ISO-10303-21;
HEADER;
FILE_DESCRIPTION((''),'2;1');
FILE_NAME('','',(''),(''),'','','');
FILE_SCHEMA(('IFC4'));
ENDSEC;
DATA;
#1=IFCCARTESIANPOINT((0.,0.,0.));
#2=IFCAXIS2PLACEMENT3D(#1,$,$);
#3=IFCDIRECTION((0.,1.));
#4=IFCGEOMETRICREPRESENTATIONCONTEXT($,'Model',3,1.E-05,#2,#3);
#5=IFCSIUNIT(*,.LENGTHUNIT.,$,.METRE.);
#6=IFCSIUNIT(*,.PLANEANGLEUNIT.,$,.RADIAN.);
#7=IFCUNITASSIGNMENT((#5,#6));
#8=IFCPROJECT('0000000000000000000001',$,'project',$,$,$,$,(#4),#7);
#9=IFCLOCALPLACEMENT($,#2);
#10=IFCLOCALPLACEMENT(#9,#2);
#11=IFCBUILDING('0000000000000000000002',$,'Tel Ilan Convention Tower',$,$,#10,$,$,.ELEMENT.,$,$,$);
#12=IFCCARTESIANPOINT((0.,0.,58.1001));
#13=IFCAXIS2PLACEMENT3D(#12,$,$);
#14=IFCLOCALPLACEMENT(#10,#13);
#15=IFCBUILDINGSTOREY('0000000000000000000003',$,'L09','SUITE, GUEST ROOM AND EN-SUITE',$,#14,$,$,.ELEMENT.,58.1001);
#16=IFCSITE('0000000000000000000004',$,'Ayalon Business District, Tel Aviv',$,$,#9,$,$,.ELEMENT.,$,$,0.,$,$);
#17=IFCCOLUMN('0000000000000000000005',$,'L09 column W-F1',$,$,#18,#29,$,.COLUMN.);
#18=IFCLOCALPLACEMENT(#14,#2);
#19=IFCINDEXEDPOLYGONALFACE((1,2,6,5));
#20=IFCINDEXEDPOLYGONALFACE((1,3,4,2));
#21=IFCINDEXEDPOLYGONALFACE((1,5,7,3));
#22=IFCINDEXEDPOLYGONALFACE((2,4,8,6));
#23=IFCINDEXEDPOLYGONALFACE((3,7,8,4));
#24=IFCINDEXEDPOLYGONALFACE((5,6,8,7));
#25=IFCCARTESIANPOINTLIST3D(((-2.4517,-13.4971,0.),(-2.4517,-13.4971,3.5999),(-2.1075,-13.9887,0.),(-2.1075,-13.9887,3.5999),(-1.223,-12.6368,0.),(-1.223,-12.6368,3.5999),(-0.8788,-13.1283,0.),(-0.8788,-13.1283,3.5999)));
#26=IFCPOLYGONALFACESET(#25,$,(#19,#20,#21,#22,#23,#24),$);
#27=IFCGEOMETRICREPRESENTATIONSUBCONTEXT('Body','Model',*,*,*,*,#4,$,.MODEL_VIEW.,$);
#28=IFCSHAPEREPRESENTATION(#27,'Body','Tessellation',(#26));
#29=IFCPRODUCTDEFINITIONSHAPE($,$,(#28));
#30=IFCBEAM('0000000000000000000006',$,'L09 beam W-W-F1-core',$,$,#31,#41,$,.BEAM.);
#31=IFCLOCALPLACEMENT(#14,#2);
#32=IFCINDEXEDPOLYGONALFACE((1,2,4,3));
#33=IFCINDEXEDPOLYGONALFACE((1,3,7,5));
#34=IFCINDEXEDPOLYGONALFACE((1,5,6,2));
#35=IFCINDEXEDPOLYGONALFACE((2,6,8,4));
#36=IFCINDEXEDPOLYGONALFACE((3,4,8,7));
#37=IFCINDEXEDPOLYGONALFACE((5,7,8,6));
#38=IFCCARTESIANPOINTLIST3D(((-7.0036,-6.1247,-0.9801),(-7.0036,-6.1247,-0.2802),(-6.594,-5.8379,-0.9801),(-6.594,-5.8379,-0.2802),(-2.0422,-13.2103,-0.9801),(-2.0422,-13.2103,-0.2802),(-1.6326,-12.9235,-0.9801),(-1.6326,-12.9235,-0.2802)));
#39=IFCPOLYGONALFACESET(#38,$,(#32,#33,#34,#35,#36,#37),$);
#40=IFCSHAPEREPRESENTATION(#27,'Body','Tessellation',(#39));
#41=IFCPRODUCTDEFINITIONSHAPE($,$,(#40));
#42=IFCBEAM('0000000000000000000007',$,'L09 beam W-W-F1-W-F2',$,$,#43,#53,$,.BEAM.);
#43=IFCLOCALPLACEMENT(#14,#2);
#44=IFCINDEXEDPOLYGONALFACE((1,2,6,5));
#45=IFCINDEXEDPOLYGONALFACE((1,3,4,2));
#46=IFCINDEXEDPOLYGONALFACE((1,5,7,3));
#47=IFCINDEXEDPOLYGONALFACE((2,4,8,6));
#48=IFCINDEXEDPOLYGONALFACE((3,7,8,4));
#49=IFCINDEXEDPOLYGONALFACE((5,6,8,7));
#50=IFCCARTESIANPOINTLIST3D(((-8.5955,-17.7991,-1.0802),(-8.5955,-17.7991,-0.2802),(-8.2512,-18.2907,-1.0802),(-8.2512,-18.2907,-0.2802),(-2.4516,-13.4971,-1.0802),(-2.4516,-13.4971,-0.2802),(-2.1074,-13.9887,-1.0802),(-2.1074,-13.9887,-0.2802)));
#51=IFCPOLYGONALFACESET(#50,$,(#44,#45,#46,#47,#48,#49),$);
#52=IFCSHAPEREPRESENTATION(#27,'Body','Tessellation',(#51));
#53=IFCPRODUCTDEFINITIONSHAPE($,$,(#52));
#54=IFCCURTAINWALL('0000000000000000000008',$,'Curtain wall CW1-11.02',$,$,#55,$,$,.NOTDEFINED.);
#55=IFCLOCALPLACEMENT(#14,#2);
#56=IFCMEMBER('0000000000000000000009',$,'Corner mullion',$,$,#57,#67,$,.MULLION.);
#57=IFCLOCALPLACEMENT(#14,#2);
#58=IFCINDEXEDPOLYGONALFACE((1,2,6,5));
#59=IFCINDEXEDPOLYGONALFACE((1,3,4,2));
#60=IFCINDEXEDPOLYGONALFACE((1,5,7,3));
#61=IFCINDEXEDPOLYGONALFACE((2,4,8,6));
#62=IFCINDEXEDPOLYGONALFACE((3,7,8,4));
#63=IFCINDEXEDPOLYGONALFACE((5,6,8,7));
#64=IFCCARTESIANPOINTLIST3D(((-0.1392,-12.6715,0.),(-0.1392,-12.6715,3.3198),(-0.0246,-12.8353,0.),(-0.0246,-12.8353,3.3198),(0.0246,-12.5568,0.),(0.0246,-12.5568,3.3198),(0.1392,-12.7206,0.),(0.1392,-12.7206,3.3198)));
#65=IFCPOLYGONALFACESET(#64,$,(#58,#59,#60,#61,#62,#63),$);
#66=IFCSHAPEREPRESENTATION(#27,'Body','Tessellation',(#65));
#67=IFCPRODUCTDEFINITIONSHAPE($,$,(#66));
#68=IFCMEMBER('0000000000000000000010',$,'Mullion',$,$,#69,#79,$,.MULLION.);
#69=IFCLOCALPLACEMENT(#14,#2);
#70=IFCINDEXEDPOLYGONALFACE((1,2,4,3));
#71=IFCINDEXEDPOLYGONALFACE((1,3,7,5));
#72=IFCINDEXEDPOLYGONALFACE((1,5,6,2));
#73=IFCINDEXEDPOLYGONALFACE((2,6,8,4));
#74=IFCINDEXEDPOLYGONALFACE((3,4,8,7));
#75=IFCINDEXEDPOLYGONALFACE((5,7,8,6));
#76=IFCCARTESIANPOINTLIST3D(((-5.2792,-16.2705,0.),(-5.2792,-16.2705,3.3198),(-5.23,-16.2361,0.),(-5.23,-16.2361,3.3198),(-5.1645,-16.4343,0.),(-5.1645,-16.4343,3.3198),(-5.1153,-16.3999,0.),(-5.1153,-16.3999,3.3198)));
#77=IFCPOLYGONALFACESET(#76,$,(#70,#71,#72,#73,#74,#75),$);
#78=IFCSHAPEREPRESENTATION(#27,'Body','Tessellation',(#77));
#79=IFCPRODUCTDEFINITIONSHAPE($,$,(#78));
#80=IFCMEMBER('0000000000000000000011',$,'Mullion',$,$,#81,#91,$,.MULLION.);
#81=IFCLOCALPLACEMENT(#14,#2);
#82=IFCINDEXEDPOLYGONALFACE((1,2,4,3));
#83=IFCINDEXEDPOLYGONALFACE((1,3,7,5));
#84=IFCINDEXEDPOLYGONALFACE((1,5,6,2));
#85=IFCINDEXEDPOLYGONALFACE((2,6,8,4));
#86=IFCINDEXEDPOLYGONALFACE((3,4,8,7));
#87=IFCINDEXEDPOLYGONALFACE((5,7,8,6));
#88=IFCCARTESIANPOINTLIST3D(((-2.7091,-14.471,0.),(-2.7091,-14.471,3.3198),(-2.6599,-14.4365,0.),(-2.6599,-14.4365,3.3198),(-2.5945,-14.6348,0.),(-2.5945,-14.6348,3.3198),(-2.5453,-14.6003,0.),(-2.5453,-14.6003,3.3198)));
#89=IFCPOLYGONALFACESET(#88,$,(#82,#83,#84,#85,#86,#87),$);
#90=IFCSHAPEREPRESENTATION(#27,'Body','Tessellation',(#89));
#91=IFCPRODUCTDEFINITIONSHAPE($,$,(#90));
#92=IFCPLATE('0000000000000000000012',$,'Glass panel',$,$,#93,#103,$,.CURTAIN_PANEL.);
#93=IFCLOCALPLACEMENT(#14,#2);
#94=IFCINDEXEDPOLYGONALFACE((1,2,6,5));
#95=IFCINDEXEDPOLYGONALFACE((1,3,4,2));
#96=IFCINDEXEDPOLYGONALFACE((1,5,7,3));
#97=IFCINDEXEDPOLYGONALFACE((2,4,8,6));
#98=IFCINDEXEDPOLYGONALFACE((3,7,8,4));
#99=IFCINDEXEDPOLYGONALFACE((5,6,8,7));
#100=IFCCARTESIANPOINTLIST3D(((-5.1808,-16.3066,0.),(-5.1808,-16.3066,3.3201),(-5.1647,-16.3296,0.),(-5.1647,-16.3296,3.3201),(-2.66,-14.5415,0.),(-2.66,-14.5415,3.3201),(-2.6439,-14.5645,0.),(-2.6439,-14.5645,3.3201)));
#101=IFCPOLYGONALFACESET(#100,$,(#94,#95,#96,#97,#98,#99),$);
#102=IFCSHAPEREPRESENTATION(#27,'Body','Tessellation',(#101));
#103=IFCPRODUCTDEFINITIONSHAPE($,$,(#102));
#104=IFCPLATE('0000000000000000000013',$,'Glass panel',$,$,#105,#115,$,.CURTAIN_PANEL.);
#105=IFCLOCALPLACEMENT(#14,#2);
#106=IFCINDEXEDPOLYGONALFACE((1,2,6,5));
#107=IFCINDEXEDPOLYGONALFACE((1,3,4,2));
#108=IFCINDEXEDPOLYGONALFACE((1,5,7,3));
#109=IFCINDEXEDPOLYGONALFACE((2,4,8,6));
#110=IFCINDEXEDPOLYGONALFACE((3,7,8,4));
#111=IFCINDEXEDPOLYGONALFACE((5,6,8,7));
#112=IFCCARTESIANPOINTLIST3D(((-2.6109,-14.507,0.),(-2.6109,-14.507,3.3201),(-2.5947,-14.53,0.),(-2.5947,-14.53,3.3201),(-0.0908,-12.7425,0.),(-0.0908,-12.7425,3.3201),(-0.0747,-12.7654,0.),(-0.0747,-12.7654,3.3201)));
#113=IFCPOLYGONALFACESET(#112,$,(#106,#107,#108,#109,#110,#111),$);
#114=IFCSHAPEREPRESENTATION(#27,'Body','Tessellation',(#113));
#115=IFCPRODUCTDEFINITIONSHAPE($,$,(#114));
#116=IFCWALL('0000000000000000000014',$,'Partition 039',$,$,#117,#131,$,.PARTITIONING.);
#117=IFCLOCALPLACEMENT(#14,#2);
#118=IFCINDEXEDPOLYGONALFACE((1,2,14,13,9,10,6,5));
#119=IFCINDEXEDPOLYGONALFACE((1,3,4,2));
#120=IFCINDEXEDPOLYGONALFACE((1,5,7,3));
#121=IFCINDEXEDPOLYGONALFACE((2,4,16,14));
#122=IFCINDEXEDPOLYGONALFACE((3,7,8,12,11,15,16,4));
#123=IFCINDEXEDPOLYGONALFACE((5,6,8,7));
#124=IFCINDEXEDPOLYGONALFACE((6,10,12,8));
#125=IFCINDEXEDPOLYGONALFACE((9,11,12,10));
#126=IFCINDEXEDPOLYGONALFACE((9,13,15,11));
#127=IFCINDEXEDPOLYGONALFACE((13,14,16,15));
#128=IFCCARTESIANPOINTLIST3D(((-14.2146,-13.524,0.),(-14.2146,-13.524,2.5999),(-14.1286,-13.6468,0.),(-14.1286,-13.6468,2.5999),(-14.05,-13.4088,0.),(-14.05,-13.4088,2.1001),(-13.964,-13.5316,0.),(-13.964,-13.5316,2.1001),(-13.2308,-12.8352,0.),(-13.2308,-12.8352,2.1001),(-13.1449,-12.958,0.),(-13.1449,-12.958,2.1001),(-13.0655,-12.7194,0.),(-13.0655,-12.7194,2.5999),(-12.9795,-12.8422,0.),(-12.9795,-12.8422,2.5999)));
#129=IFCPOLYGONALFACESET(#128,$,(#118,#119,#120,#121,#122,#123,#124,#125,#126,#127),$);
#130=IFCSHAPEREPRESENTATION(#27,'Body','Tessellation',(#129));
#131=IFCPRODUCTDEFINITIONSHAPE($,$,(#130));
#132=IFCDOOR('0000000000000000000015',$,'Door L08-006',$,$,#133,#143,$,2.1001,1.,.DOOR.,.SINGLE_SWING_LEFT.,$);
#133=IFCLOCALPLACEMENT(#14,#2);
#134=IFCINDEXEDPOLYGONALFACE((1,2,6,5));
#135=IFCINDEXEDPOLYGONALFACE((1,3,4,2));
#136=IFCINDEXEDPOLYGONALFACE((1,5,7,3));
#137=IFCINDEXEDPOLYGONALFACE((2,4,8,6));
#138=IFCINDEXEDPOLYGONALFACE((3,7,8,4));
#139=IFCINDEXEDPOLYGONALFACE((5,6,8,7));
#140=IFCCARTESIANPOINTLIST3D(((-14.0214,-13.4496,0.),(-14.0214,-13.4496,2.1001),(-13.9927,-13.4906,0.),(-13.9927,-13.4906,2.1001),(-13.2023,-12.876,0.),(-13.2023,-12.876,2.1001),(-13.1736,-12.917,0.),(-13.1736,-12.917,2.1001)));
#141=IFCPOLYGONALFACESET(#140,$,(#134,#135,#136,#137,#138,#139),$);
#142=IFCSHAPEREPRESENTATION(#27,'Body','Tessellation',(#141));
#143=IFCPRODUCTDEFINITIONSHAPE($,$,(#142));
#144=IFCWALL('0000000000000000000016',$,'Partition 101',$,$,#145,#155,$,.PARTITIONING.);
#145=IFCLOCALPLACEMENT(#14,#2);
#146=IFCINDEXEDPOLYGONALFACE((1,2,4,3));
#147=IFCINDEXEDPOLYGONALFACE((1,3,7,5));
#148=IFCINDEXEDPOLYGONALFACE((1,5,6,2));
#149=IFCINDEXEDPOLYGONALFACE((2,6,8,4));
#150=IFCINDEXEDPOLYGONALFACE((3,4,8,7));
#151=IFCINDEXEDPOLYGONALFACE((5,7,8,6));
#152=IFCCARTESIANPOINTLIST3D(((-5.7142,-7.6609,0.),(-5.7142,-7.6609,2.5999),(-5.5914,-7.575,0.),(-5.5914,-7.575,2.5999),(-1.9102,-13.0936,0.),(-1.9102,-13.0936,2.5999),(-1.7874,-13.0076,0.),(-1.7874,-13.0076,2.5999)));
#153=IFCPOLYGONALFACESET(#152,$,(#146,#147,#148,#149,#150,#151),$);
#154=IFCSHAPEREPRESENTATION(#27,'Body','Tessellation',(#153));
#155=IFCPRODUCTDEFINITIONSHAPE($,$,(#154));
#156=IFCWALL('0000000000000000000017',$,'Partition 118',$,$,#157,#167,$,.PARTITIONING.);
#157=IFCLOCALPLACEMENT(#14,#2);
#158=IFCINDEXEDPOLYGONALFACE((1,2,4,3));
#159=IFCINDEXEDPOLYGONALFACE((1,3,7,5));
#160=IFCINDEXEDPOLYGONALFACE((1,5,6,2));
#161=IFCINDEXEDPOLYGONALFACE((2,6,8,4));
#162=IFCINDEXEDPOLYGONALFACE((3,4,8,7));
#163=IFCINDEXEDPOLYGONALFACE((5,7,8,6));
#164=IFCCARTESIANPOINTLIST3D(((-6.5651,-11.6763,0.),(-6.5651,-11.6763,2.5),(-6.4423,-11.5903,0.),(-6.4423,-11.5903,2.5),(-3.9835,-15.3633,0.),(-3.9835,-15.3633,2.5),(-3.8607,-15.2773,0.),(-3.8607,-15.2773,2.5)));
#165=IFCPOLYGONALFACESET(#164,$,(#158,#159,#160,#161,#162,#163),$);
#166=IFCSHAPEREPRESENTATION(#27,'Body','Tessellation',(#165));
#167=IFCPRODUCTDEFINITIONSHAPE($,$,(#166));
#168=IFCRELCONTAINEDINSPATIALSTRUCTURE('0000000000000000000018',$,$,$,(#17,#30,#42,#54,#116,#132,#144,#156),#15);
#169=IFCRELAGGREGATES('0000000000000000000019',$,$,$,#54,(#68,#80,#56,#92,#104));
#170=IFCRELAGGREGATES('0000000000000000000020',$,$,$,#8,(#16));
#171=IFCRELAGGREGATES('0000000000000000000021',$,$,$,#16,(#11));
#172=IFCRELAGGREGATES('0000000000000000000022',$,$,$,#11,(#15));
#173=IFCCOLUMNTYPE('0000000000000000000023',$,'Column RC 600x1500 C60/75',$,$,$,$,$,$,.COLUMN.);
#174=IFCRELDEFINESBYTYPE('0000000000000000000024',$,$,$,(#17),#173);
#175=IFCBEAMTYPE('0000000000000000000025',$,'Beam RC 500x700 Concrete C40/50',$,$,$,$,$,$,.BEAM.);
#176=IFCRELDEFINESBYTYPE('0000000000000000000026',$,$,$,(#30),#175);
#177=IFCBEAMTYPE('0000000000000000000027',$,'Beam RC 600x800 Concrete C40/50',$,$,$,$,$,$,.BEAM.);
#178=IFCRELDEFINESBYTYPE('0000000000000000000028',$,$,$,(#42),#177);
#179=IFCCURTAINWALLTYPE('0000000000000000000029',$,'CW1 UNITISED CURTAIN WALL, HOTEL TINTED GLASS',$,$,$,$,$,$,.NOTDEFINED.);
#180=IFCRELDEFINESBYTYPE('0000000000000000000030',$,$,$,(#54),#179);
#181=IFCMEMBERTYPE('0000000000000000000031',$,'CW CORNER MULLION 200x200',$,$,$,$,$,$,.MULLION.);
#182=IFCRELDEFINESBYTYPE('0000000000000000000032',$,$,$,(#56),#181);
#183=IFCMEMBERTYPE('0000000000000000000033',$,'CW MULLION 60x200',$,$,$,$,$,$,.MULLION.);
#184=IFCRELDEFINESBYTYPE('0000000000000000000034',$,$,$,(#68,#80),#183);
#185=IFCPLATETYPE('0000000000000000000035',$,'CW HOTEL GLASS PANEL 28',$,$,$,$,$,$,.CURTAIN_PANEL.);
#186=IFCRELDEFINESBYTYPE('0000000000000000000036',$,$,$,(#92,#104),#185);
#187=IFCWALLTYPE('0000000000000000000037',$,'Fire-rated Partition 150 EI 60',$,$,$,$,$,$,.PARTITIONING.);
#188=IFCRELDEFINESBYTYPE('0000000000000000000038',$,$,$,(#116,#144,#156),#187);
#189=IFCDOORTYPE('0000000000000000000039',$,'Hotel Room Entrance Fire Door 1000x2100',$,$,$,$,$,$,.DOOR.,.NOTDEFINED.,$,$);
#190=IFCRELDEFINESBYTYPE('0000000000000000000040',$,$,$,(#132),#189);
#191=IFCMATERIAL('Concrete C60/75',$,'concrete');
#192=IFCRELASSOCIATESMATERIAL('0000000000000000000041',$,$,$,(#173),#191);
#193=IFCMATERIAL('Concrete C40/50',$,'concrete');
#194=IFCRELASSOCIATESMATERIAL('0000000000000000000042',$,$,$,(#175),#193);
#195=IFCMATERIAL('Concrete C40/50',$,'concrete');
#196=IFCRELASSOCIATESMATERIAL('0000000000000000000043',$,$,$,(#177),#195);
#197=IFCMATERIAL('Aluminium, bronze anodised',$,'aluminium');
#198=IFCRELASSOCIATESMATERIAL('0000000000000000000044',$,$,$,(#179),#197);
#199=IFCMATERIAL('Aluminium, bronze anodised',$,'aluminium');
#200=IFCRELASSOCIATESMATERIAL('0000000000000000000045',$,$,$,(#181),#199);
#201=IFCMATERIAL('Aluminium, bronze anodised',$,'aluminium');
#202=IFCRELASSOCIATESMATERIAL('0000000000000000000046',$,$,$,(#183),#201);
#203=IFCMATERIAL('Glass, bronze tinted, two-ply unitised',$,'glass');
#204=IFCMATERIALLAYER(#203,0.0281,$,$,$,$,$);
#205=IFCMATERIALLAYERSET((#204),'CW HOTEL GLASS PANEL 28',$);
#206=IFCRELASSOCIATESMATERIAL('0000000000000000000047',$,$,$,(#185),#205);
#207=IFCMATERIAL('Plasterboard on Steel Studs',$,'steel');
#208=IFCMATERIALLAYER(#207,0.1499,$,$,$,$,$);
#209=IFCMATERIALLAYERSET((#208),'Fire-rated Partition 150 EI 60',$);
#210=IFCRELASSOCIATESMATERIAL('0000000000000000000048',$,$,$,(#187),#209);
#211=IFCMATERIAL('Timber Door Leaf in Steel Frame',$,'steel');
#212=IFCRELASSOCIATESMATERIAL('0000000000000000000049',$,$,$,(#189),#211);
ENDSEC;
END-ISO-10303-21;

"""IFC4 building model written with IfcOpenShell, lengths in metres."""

from ifc_helpers import new_model, si_unit, direction, frame, frame_2d, origin, origin_2d, place, context, subcontext, project, spatial, rectangle, extrude, material, layer, layer_set, material_profile, profile_set, type_object, element, fill, aggregate, save


model = new_model("IFC4")

# Units and contexts
model_context = context("Model", 3, precision=1e-05, world=origin(), true_north=direction((0.0, 1.0)))
body_context = subcontext(model_context, "Body", "Model", "MODEL_VIEW")
ifc_project = project(units=[si_unit("LENGTHUNIT", "METRE"), si_unit("PLANEANGLEUNIT", "RADIAN")], contexts=[model_context])

# Site, building, storey
site_placement = place(None, origin())
site = spatial("IfcSite", under=ifc_project, at=site_placement, Name="Ayalon Business District, Tel Aviv", CompositionType="ELEMENT", RefElevation=0.0)
building_placement = place(site_placement, origin())
building = spatial("IfcBuilding", under=site, at=building_placement, Name="Tel Ilan Convention Tower", CompositionType="ELEMENT")
storey_placement = place(building_placement, frame((0.0, 0.0, 58.1001)))
storey = spatial("IfcBuildingStorey", under=building, at=storey_placement, Name="L09", Description="SUITE, GUEST ROOM AND EN-SUITE", CompositionType="ELEMENT", Elevation=58.1001)

# Column
ifc_material_1 = material(Name="Concrete C60/75", Category="concrete")
ifc_material_profile_1 = material_profile(ifc_material_1, rectangle(XDim=1.5, YDim=0.6001, at=origin_2d()), Name="RC 600x1500")
ifc_profile_set_1 = profile_set([ifc_material_profile_1], Name="Concrete C60/75")
column_type = type_object("IfcColumnType", Name="Column RC 600x1500 C60/75", PredefinedType="COLUMN", material=ifc_profile_set_1)
column_placement = place(storey_placement, frame((-1.6653, -13.3127, 0.0), z_axis=(0.0, 0.0, 1.0), x_axis=(-0.819152, -0.573576, 0.0)))
element("IfcColumn", 1, at=column_placement, inside=storey, type_object=column_type, Name="L09 column W-F1", PredefinedType="COLUMN", context=body_context, shape_type="SweptSolid", body=[
    extrude(rectangle(XDim=1.5, YDim=0.6001, at=origin_2d()), origin(), (0.0, 0.0, 1.0), 3.5999),
])

# Beams
ifc_material_2 = material(Name="Concrete C40/50", Category="concrete")
ifc_material_profile_2 = material_profile(ifc_material_2, rectangle(XDim=0.5, YDim=0.7, at=origin_2d()), Name="RC 500x700")
ifc_profile_set_2 = profile_set([ifc_material_profile_2], Name="Concrete C40/50")
beam_type_1 = type_object("IfcBeamType", Name="Beam RC 500x700 Concrete C40/50", PredefinedType="BEAM", material=ifc_profile_set_2)
beam_1_placement = place(storey_placement, frame((-1.8374, -13.0669, -0.6301), z_axis=(-0.573574, 0.819154, 0.0), x_axis=(-0.819154, -0.573574, 0.0)))
element("IfcBeam", 2, at=beam_1_placement, inside=storey, type_object=beam_type_1, Name="L09 beam W-W-F1-core", PredefinedType="BEAM", context=body_context, shape_type="SweptSolid", body=[
    extrude(rectangle(XDim=0.5, YDim=0.7, at=origin_2d()), origin(), (0.0, 0.0, 1.0), 8.6499),
])
ifc_material_3 = material(Name="Concrete C40/50", Category="concrete")
ifc_material_profile_3 = material_profile(ifc_material_3, rectangle(XDim=0.6001, YDim=0.8, at=origin_2d()), Name="RC 600x800")
ifc_profile_set_3 = profile_set([ifc_material_profile_3], Name="Concrete C40/50")
beam_type_2 = type_object("IfcBeamType", Name="Beam RC 600x800 Concrete C40/50", PredefinedType="BEAM", material=ifc_profile_set_3)
beam_2_placement = place(storey_placement, frame((-2.2795, -13.7429, -0.6802), z_axis=(-0.819148, -0.573582, 0.0), x_axis=(0.573582, -0.819148, 0.0)))
element("IfcBeam", 3, at=beam_2_placement, inside=storey, type_object=beam_type_2, Name="L09 beam W-W-F1-W-F2", PredefinedType="BEAM", context=body_context, shape_type="SweptSolid", body=[
    extrude(rectangle(XDim=0.6001, YDim=0.8, at=origin_2d()), origin(), (0.0, 0.0, 1.0), 7.5002),
])

# Curtain wall, members, plates
ifc_material_4 = material(Name="Aluminium, bronze anodised", Category="aluminium")
curtain_wall_type = type_object("IfcCurtainWallType", Name="CW1 UNITISED CURTAIN WALL, HOTEL TINTED GLASS", PredefinedType="NOTDEFINED", material=ifc_material_4)
curtain_wall_placement = place(storey_placement, origin())
curtain_wall = element("IfcCurtainWall", 4, at=curtain_wall_placement, inside=storey, type_object=curtain_wall_type, Name="Curtain wall CW1-11.02", PredefinedType="NOTDEFINED")
ifc_material_5 = material(Name="Aluminium, bronze anodised", Category="aluminium")
ifc_material_profile_4 = material_profile(ifc_material_5, rectangle(XDim=0.2, YDim=0.2, at=origin_2d()), Name="CW CORNER MULLION 200x200")
ifc_profile_set_4 = profile_set([ifc_material_profile_4], Name="Aluminium, bronze anodised")
member_type_1 = type_object("IfcMemberType", Name="CW CORNER MULLION 200x200", PredefinedType="MULLION", material=ifc_profile_set_4)
member_1_placement = place(storey_placement, frame((0.0, -12.696, 0.0), z_axis=(0.0, 0.0, 1.0), x_axis=(0.819152, 0.573576, 0.0)))
member_1 = element("IfcMember", 5, at=member_1_placement, type_object=member_type_1, Name="Corner mullion", PredefinedType="MULLION", context=body_context, shape_type="SweptSolid", body=[
    extrude(rectangle(XDim=0.2, YDim=0.2, at=origin_2d()), origin(), (0.0, 0.0, 1.0), 3.3198),
])
ifc_material_6 = material(Name="Aluminium, bronze anodised", Category="aluminium")
ifc_material_profile_5 = material_profile(ifc_material_6, rectangle(XDim=0.0601, YDim=0.2, at=origin_2d()), Name="CW MULLION 60x200")
ifc_profile_set_5 = profile_set([ifc_material_profile_5], Name="Aluminium, bronze anodised")
member_type_2 = type_object("IfcMemberType", Name="CW MULLION 60x200", PredefinedType="MULLION", material=ifc_profile_set_5)
member_2_placement = place(storey_placement, frame((-5.1973, -16.3352, 0.0), z_axis=(0.0, 0.0, 1.0), x_axis=(0.819152, 0.573576, 0.0)))
member_2 = element("IfcMember", 6, at=member_2_placement, type_object=member_type_2, Name="Mullion", PredefinedType="MULLION", context=body_context, shape_type="SweptSolid", body=[
    extrude(rectangle(XDim=0.0601, YDim=0.2, at=origin_2d()), origin(), (0.0, 0.0, 1.0), 3.3198),
])
member_3_placement = place(storey_placement, frame((-2.6272, -14.5356, 0.0), z_axis=(0.0, 0.0, 1.0), x_axis=(0.819152, 0.573576, 0.0)))
member_3 = element("IfcMember", 7, at=member_3_placement, type_object=member_type_2, Name="Mullion", PredefinedType="MULLION", context=body_context, shape_type="SweptSolid", body=[
    extrude(rectangle(XDim=0.0601, YDim=0.2, at=origin_2d()), origin(), (0.0, 0.0, 1.0), 3.3198),
])
ifc_material_7 = material(Name="Glass, bronze tinted, two-ply unitised", Category="glass")
ifc_layer_1 = layer(ifc_material_7, 0.0281)
ifc_layer_set_1 = layer_set([ifc_layer_1], Name="CW HOTEL GLASS PANEL 28")
plate_type = type_object("IfcPlateType", Name="CW HOTEL GLASS PANEL 28", PredefinedType="CURTAIN_PANEL", material=ifc_layer_set_1)
plate_1_placement = place(storey_placement, frame((-3.9124, -15.4355, 0.0), z_axis=(0.0, 0.0, 1.0), x_axis=(0.819152, 0.573576, 0.0)))
plate_1 = element("IfcPlate", 8, at=plate_1_placement, type_object=plate_type, Name="Glass panel", PredefinedType="CURTAIN_PANEL", context=body_context, shape_type="SweptSolid", body=[
    extrude(rectangle(XDim=3.0774, YDim=0.0281, at=origin_2d()), origin(), (0.0, 0.0, 1.0), 3.3201),
])
plate_2_placement = place(storey_placement, frame((-1.3428, -13.6362, 0.0), z_axis=(0.0, 0.0, 1.0), x_axis=(0.819152, 0.573576, 0.0)))
plate_2 = element("IfcPlate", 9, at=plate_2_placement, type_object=plate_type, Name="Glass panel", PredefinedType="CURTAIN_PANEL", context=body_context, shape_type="SweptSolid", body=[
    extrude(rectangle(XDim=3.0764, YDim=0.0281, at=origin_2d()), origin(), (0.0, 0.0, 1.0), 3.3201),
])
aggregate(curtain_wall, [member_2, member_3, member_1, plate_1, plate_2])

# Wall, opening, door
ifc_material_8 = material(Name="Plasterboard on Steel Studs", Category="steel")
ifc_layer_2 = layer(ifc_material_8, 0.1499)
ifc_layer_set_2 = layer_set([ifc_layer_2], Name="Fire-rated Partition 150 EI 60")
wall_type_1 = type_object("IfcWallType", Name="Fire-rated Partition 150 EI 60", PredefinedType="PARTITIONING", material=ifc_layer_set_2)
wall_1_placement = place(storey_placement, frame((-13.0225, -12.7808, 0.0), z_axis=(0.0, 0.0, 1.0), x_axis=(-0.819142, -0.573591, 0.0)))
wall_1 = element("IfcWall", 10, at=wall_1_placement, inside=storey, type_object=wall_type_1, Name="Partition 039", PredefinedType="PARTITIONING", context=body_context, shape_type="SweptSolid", body=[
    extrude(rectangle(XDim=1.4028, YDim=0.1499, at=frame_2d((0.7014, 0.0))), origin(), (0.0, 0.0, 1.0), 2.5999),
])
opening_1_placement = place(wall_1_placement, frame((0.2019, 0.0, 0.0)))
opening_1 = element("IfcOpeningElement", 11, at=opening_1_placement, cuts=wall_1, PredefinedType="OPENING", context=body_context, shape_type="SweptSolid", body=[
    extrude(rectangle(XDim=1.0, YDim=2.1001, at=frame_2d((0.5, 1.05))), frame((0.0, 0.085, 0.0), z_axis=(0.0, -1.0, 0.0), x_axis=(1.0, 0.0, 0.0)), (0.0, 0.0, 1.0), 0.1699),
])
ifc_material_9 = material(Name="Timber Door Leaf in Steel Frame", Category="steel")
door_type_1 = type_object("IfcDoorType", Name="Hotel Room Entrance Fire Door 1000x2100", OperationType="NOTDEFINED", PredefinedType="DOOR", material=ifc_material_9)
door_1_placement = place(opening_1_placement, origin())
door_1 = element("IfcDoor", 12, at=door_1_placement, inside=storey, type_object=door_type_1, Name="Door L08-006", OperationType="SINGLE_SWING_LEFT", OverallHeight=2.1001, OverallWidth=1.0, PredefinedType="DOOR", context=body_context, shape_type="SweptSolid", body=[
    extrude(rectangle(XDim=1.0, YDim=2.1001, at=frame_2d((0.5, 1.05))), frame((0.0, 0.0249, 0.0), z_axis=(0.0, -1.0, 0.0), x_axis=(1.0, 0.0, 0.0)), (0.0, 0.0, 1.0), 0.05),
])
fill(opening_1, door_1)

# Walls
wall_2_placement = place(storey_placement, frame((-1.8489, -13.0505, 0.0), z_axis=(0.0, 0.0, 1.0), x_axis=(-0.573576, 0.819152, 0.0)))
element("IfcWall", 13, at=wall_2_placement, inside=storey, type_object=wall_type_1, Name="Partition 101", PredefinedType="PARTITIONING", context=body_context, shape_type="SweptSolid", body=[
    extrude(rectangle(XDim=6.6321, YDim=0.1499, at=frame_2d((3.3159, 0.0))), origin(), (0.0, 0.0, 1.0), 2.5999),
])
wall_3_placement = place(storey_placement, frame((-3.9221, -15.3203, 0.0), z_axis=(0.0, 0.0, 1.0), x_axis=(-0.573557, 0.819166, 0.0)))
element("IfcWall", 14, at=wall_3_placement, inside=storey, type_object=wall_type_1, Name="Partition 118", PredefinedType="PARTITIONING", context=body_context, shape_type="SweptSolid", body=[
    extrude(rectangle(XDim=4.501, YDim=0.1499, at=frame_2d((2.2505, 0.0))), origin(), (0.0, 0.0, 1.0), 2.5),
])

save(model, "model.ifc")
